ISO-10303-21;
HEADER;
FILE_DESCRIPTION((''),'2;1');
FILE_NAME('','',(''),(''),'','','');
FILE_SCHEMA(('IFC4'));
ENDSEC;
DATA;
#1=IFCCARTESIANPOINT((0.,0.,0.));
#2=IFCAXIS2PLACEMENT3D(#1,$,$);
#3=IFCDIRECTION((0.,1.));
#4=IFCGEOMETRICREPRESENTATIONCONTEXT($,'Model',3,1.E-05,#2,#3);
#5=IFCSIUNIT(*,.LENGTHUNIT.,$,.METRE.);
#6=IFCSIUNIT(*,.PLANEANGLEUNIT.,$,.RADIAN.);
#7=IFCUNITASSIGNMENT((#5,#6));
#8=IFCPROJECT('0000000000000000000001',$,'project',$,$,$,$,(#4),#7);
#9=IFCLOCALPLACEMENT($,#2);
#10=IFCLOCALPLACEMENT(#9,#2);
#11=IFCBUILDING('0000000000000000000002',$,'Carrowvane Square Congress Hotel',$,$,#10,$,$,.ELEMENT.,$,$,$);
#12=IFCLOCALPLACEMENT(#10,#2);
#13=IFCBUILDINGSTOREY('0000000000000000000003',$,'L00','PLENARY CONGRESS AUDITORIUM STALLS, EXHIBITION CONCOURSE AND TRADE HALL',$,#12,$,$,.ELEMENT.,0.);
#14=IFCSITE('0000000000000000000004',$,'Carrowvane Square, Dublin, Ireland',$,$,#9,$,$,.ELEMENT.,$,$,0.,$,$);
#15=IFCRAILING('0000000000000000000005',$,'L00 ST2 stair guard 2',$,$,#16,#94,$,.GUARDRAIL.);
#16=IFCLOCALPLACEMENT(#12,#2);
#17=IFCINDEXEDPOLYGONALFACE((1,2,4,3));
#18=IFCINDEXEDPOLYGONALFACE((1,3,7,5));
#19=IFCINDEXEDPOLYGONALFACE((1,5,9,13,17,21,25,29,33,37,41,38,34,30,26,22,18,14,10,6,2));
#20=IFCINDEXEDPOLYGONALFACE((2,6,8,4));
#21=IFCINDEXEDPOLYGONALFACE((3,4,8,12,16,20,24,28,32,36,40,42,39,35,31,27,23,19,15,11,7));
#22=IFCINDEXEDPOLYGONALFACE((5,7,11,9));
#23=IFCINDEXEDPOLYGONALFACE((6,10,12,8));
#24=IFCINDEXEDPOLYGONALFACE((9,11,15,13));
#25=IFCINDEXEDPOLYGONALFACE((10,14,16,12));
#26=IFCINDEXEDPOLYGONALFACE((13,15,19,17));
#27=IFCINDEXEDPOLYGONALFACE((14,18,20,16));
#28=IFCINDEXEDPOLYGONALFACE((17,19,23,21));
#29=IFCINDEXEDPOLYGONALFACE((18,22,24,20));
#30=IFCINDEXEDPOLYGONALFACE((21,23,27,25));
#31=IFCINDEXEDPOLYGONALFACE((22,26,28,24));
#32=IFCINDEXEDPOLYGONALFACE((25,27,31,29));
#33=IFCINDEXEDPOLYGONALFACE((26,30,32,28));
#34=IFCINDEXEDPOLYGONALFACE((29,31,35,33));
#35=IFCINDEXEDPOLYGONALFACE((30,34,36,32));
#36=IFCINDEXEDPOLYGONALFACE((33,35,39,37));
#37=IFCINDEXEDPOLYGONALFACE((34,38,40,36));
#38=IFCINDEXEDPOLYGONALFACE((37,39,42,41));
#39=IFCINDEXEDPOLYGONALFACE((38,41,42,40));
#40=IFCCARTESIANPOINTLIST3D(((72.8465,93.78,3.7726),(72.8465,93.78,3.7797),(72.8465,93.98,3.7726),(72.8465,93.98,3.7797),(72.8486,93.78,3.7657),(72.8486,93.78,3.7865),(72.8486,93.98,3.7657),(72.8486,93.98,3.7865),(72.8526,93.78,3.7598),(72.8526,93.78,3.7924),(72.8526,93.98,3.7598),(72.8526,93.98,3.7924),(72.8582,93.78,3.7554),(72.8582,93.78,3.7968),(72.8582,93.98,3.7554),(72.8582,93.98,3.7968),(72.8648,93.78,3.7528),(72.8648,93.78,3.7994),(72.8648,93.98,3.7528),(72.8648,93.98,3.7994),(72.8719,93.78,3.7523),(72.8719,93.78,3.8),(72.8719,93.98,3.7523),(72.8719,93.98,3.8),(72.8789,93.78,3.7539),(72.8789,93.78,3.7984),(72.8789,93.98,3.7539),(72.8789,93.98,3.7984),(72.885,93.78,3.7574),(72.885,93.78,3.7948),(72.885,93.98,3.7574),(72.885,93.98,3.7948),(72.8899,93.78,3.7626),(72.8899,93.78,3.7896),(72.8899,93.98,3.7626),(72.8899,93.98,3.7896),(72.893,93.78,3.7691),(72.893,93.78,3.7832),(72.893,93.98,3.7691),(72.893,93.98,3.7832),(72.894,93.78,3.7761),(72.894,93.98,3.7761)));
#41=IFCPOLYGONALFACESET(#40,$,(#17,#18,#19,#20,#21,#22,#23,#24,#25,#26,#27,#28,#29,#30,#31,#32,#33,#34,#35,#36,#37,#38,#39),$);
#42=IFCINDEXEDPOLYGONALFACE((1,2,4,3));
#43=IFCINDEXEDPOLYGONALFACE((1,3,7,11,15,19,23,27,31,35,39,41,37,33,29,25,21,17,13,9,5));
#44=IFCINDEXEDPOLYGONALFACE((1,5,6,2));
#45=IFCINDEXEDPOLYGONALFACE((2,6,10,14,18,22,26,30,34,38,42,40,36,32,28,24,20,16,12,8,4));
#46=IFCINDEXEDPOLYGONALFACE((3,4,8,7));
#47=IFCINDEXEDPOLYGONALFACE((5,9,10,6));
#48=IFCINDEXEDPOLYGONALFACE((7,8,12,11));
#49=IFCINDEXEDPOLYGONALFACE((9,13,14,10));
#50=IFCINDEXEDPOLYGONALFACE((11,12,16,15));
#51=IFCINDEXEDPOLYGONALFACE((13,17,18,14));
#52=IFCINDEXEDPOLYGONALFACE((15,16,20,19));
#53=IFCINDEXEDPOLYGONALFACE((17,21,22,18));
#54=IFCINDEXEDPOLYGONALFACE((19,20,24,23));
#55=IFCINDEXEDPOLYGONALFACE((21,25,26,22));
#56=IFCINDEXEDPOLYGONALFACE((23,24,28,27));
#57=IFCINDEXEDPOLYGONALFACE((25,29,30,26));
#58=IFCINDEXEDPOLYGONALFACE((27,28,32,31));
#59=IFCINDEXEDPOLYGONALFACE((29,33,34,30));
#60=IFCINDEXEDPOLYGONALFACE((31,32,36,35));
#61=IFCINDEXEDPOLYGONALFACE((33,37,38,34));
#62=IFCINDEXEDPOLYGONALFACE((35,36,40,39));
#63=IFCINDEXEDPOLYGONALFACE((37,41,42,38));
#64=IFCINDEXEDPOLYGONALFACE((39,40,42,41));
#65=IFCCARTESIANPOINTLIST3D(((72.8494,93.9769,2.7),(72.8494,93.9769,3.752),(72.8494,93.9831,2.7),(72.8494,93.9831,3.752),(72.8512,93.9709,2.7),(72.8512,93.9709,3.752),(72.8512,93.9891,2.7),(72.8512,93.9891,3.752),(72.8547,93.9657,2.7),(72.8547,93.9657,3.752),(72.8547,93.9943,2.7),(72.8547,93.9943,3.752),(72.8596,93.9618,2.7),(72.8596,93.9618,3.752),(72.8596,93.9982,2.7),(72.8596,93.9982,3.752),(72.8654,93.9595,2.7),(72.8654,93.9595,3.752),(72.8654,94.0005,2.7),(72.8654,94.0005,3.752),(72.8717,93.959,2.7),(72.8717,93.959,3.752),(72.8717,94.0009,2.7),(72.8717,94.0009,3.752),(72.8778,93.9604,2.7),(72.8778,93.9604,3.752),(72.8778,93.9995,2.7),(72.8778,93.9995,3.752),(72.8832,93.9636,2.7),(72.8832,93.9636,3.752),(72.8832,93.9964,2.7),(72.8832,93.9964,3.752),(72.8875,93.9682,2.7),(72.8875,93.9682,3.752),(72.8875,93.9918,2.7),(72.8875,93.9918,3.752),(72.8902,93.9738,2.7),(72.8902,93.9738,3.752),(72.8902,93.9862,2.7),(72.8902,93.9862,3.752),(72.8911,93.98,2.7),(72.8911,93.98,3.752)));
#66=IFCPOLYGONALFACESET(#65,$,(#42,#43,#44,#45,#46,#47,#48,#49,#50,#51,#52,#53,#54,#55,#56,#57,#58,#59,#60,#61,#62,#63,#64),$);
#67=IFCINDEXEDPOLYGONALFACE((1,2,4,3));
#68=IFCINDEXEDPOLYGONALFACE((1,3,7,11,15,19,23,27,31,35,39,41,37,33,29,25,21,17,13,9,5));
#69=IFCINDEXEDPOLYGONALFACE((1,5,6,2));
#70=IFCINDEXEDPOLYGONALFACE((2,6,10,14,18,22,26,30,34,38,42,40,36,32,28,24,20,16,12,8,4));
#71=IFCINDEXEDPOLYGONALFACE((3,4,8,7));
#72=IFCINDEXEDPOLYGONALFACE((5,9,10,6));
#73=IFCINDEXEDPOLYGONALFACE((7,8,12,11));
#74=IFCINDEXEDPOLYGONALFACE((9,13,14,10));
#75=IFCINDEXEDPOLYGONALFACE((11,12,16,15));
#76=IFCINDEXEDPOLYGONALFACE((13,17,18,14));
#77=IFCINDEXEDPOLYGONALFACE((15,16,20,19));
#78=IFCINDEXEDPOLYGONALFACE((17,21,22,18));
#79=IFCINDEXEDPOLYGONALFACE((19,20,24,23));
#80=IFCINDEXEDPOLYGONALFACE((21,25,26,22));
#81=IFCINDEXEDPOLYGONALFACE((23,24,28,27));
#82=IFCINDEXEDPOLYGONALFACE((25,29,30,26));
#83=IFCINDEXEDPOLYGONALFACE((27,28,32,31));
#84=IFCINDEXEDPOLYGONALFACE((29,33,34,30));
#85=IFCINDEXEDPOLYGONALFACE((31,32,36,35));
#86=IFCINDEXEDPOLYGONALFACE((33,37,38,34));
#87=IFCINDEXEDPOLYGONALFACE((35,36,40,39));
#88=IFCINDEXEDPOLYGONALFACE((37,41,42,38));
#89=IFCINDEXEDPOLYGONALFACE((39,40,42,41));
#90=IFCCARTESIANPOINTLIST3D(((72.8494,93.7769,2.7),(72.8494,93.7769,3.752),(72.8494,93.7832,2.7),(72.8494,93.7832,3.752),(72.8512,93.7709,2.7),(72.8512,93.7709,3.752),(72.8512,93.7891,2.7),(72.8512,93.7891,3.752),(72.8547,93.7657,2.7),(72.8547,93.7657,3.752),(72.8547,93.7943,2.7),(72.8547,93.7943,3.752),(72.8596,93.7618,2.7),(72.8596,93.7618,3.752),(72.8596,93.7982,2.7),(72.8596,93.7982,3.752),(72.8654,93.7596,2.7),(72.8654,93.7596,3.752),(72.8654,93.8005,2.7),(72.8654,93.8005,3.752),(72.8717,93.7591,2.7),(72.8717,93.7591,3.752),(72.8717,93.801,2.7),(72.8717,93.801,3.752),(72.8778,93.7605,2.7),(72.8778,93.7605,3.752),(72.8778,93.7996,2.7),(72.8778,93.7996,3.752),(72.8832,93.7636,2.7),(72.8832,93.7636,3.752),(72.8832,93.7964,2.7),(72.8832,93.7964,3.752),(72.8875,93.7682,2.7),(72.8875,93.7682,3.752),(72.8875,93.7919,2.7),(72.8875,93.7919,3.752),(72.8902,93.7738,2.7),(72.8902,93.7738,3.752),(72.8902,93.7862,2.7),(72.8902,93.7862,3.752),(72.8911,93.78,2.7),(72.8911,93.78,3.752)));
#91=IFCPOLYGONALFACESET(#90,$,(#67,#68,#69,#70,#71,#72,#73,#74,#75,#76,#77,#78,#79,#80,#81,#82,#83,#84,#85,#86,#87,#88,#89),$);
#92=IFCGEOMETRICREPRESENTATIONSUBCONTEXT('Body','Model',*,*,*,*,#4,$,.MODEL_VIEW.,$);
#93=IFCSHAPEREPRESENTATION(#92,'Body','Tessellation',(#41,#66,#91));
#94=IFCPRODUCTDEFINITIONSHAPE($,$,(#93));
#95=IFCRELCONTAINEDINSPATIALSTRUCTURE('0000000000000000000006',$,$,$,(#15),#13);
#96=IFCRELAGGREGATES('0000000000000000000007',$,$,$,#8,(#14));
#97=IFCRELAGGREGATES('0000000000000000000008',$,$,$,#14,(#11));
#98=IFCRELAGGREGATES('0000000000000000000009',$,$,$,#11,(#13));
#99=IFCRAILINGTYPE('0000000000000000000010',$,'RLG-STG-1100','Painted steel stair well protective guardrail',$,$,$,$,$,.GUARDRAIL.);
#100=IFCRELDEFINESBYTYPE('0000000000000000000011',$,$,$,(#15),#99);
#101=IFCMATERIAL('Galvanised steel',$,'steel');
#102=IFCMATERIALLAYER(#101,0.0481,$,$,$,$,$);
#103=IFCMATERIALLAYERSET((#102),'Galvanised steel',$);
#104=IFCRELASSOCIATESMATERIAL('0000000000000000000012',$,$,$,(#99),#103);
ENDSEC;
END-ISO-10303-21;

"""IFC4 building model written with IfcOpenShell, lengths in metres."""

from ifc_helpers import new_model, si_unit, direction, frame, origin, origin_2d, place, context, subcontext, project, spatial, circle, extrude, material, layer, layer_set, type_object, element, save


model = new_model("IFC4")

# Units and contexts
model_context = context("Model", 3, precision=1e-05, world=origin(), true_north=direction((0.0, 1.0)))
body_context = subcontext(model_context, "Body", "Model", "MODEL_VIEW")
ifc_project = project(units=[si_unit("LENGTHUNIT", "METRE"), si_unit("PLANEANGLEUNIT", "RADIAN")], contexts=[model_context])

# Site, building, storey
site_placement = place(None, origin())
site = spatial("IfcSite", under=ifc_project, at=site_placement, Name="Carrowvane Square, Dublin, Ireland", CompositionType="ELEMENT", RefElevation=0.0)
building_placement = place(site_placement, origin())
building = spatial("IfcBuilding", under=site, at=building_placement, Name="Carrowvane Square Congress Hotel", CompositionType="ELEMENT")
storey_placement = place(building_placement, origin())
storey = spatial("IfcBuildingStorey", under=building, at=storey_placement, Name="L00", Description="PLENARY CONGRESS AUDITORIUM STALLS, EXHIBITION CONCOURSE AND TRADE HALL", CompositionType="ELEMENT", Elevation=0.0)

# Railing
ifc_material_1 = material(Name="Galvanised steel", Category="steel")
ifc_layer_1 = layer(ifc_material_1, 0.0481)
ifc_layer_set_1 = layer_set([ifc_layer_1], Name="Galvanised steel")
railing_type_1 = type_object("IfcRailingType", Name="RLG-STG-1100", Description="Painted steel stair well protective guardrail", PredefinedType="GUARDRAIL", material=ifc_layer_set_1)
railing_1_placement = place(storey_placement, frame((72.8701, 93.98, 2.7)))
element("IfcRailing", 1, at=railing_1_placement, inside=storey, type_object=railing_type_1, Name="L00 ST2 stair guard 2", PredefinedType="GUARDRAIL", context=body_context, shape_type="SweptSolid", body=[
    extrude(circle(Radius=0.0239, at=origin_2d()), frame((0.0, 0.0, 1.0762), z_axis=(0.0, -1.0, 0.0), x_axis=(1.0, 0.0, 0.0)), (0.0, 0.0, 1.0), 0.2),
    extrude(circle(Radius=0.021, at=origin_2d()), origin(), (0.0, 0.0, 1.0), 1.052),
    extrude(circle(Radius=0.021, at=origin_2d()), frame((0.0, -0.2, 0.0)), (0.0, 0.0, 1.0), 1.052),
])

save(model, "model.ifc")
